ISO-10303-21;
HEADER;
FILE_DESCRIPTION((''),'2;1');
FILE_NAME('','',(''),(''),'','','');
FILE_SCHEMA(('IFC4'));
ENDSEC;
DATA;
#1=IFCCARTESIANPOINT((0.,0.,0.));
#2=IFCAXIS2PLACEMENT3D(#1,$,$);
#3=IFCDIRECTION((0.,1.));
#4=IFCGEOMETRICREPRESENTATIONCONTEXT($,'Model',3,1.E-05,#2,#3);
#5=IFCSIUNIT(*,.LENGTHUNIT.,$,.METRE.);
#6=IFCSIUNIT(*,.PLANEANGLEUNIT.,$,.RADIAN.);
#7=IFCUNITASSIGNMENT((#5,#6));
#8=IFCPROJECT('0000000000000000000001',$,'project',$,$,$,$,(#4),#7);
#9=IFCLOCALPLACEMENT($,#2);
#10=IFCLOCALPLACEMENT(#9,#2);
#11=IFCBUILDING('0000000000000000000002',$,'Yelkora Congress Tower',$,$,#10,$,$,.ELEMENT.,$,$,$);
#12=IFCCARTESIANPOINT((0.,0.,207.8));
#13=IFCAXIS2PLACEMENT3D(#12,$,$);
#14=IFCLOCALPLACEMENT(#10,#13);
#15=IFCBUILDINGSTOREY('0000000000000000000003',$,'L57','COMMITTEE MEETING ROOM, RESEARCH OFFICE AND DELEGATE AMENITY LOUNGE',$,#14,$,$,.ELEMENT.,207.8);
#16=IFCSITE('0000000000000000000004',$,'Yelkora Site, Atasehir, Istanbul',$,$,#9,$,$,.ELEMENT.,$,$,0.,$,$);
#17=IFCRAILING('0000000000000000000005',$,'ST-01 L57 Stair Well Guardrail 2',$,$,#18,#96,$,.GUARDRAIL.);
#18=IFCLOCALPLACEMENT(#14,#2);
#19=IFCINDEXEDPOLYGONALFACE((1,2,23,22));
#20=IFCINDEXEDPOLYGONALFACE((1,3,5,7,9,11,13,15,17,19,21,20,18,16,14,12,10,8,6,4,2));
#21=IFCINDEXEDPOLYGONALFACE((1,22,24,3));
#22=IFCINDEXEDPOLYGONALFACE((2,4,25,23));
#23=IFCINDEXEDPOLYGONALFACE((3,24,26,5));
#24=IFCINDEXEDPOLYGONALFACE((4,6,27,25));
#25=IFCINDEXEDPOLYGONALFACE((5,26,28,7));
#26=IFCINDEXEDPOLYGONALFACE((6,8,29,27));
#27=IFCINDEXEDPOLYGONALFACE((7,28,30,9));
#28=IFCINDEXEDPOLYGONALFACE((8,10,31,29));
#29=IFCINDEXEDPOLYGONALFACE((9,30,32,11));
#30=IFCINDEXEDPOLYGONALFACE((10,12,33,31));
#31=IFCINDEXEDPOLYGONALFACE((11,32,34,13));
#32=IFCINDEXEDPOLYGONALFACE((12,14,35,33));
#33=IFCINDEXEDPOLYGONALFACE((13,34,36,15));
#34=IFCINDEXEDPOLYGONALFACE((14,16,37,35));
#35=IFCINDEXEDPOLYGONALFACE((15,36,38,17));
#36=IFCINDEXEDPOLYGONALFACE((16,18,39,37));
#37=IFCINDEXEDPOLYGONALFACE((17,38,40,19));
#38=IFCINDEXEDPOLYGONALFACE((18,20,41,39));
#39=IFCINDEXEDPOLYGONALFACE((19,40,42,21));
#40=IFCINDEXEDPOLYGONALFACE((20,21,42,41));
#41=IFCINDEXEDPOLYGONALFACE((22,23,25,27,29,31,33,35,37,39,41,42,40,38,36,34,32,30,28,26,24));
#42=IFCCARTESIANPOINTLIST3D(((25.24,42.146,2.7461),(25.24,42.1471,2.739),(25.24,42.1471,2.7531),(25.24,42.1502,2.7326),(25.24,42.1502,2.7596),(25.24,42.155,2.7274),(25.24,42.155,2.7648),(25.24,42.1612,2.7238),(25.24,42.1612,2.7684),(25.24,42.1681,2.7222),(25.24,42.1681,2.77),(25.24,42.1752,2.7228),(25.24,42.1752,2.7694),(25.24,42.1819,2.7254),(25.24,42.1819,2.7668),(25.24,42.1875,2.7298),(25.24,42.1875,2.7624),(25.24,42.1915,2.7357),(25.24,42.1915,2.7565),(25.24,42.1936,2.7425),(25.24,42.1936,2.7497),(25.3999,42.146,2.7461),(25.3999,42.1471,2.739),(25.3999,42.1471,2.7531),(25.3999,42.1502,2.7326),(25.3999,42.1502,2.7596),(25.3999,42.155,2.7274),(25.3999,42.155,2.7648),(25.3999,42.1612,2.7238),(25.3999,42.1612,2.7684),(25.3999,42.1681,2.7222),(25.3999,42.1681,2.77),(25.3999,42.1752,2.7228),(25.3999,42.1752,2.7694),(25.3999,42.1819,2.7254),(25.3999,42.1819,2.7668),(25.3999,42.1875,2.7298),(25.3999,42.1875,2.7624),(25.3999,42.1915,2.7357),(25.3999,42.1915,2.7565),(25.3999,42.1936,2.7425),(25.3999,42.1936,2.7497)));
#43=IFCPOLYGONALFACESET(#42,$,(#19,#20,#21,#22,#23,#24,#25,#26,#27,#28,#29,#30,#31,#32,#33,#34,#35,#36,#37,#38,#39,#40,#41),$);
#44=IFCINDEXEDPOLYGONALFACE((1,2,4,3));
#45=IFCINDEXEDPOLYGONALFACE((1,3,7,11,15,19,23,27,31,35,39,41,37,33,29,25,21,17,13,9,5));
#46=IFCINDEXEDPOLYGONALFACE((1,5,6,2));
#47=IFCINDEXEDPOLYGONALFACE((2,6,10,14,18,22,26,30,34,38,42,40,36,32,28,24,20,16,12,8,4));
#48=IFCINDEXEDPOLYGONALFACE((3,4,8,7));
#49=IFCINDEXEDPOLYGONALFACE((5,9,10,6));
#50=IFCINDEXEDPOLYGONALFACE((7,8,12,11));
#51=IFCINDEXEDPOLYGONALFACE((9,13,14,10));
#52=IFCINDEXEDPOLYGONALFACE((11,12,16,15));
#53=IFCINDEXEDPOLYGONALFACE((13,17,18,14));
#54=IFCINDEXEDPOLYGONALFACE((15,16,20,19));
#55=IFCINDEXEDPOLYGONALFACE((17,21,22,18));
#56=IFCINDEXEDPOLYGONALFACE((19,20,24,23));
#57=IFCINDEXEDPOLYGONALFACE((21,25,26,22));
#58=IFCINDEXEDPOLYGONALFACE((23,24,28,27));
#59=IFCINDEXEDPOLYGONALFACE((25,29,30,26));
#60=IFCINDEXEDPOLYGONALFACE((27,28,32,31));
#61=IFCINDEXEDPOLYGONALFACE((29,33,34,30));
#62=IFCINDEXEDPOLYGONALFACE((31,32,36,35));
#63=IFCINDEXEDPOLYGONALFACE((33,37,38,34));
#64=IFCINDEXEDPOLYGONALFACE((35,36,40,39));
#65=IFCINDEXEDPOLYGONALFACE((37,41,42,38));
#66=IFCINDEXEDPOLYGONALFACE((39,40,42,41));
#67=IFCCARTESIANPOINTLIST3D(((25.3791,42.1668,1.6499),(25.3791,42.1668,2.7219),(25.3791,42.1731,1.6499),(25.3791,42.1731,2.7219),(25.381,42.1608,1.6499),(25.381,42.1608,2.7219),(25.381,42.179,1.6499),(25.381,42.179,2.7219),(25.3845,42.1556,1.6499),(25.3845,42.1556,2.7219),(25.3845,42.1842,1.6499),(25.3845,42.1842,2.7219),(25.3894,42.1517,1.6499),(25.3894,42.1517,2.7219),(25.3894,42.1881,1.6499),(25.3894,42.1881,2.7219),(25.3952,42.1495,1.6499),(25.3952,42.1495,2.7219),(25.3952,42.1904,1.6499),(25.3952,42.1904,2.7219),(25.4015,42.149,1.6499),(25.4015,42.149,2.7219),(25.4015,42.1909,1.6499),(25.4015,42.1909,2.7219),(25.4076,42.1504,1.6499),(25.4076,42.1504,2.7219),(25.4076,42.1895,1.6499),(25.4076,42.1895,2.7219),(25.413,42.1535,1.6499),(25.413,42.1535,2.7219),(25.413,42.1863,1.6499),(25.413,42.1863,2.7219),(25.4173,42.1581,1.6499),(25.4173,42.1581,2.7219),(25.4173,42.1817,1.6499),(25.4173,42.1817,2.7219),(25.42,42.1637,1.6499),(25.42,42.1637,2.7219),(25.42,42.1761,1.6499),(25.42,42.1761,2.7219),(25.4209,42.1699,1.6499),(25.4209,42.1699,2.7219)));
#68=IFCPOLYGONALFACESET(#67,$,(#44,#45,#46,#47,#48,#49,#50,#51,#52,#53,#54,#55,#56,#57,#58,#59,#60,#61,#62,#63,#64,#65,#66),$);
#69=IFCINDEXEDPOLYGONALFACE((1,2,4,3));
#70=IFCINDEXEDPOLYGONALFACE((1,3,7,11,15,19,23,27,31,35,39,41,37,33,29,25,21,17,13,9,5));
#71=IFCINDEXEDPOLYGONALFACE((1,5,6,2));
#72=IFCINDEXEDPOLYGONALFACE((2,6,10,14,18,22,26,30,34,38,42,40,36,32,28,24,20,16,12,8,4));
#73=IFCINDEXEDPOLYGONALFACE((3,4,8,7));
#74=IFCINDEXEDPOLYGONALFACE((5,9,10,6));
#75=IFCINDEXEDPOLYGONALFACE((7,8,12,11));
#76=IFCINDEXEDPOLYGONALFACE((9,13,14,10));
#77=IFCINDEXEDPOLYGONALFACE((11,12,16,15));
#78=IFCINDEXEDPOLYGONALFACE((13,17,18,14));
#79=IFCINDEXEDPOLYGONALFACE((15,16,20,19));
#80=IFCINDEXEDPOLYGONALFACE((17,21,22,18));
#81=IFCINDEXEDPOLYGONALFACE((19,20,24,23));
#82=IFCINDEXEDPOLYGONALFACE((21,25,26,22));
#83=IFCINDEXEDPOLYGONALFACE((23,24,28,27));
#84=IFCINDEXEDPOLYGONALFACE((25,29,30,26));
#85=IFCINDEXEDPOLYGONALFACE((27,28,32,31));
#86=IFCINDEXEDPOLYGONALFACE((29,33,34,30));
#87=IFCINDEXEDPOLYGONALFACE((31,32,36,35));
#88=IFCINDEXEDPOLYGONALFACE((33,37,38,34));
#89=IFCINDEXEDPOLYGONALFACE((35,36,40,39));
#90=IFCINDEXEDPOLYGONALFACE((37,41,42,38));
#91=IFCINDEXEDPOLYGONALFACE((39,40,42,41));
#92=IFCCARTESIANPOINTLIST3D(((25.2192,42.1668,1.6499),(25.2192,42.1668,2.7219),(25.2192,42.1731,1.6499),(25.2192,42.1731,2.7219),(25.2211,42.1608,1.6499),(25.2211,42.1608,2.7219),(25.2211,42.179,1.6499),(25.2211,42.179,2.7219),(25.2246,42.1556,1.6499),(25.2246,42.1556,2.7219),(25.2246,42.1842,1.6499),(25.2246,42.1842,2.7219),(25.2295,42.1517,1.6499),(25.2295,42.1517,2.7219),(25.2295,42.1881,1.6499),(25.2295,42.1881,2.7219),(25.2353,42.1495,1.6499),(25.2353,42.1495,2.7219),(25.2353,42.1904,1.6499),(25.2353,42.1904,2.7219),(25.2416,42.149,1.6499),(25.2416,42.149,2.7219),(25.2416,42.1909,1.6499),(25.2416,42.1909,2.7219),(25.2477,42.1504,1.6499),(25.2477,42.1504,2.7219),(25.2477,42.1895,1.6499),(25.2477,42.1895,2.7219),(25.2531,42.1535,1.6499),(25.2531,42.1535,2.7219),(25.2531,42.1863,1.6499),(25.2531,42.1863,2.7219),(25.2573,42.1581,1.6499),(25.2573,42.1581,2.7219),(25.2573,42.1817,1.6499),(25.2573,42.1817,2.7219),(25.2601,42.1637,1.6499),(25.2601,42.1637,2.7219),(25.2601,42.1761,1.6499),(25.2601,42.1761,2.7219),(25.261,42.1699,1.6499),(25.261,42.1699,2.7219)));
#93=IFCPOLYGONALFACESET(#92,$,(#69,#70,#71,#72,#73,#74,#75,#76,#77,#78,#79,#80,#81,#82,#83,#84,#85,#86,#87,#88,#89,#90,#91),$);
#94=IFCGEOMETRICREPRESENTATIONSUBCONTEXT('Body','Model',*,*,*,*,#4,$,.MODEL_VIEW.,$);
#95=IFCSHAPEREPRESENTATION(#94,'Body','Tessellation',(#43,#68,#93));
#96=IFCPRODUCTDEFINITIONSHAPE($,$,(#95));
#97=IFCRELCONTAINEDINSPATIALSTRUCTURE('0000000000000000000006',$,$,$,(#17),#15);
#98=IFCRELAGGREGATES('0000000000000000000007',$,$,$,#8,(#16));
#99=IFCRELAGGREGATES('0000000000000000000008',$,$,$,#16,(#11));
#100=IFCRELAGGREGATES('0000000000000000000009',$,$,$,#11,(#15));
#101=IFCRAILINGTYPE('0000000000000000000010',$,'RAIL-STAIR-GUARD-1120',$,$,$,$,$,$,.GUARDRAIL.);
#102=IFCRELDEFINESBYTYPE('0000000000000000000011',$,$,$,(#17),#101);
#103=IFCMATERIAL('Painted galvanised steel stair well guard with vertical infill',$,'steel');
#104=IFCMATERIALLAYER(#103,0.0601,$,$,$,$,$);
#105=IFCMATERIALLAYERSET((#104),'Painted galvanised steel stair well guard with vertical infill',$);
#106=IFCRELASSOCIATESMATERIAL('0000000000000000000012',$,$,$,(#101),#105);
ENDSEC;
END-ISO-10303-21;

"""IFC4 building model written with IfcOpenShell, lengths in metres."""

from ifc_helpers import new_model, si_unit, direction, frame, origin, origin_2d, place, context, subcontext, project, spatial, circle, extrude, material, layer, layer_set, type_object, element, save


model = new_model("IFC4")

# Units and contexts
model_context = context("Model", 3, precision=1e-05, world=origin(), true_north=direction((0.0, 1.0)))
body_context = subcontext(model_context, "Body", "Model", "MODEL_VIEW")
ifc_project = project(units=[si_unit("LENGTHUNIT", "METRE"), si_unit("PLANEANGLEUNIT", "RADIAN")], contexts=[model_context])

# Site, building, storey
site_placement = place(None, origin())
site = spatial("IfcSite", under=ifc_project, at=site_placement, Name="Yelkora Site, Atasehir, Istanbul", CompositionType="ELEMENT", RefElevation=0.0)
building_placement = place(site_placement, origin())
building = spatial("IfcBuilding", under=site, at=building_placement, Name="Yelkora Congress Tower", CompositionType="ELEMENT")
storey_placement = place(building_placement, frame((0.0, 0.0, 207.8)))
storey = spatial("IfcBuildingStorey", under=building, at=storey_placement, Name="L57", Description="COMMITTEE MEETING ROOM, RESEARCH OFFICE AND DELEGATE AMENITY LOUNGE", CompositionType="ELEMENT", Elevation=207.8)

# Railing
ifc_material_1 = material(Name="Painted galvanised steel stair well guard with vertical infill", Category="steel")
ifc_layer_1 = layer(ifc_material_1, 0.0601)
ifc_layer_set_1 = layer_set([ifc_layer_1], Name="Painted galvanised steel stair well guard with vertical infill")
railing_type_1 = type_object("IfcRailingType", Name="RAIL-STAIR-GUARD-1120", PredefinedType="GUARDRAIL", material=ifc_layer_set_1)
railing_1_placement = place(storey_placement, frame((25.3999, 42.1699, 1.6499)))
element("IfcRailing", 1, at=railing_1_placement, inside=storey, type_object=railing_type_1, Name="ST-01 L57 Stair Well Guardrail 2", PredefinedType="GUARDRAIL", context=body_context, shape_type="SweptSolid", body=[
    extrude(circle(Radius=0.0239, at=origin_2d()), frame((0.0, 0.0, 1.0962), z_axis=(-1.0, 0.0, 0.0), x_axis=(0.0, -1.0, 0.0)), (0.0, 0.0, 1.0), 0.1599),
    extrude(circle(Radius=0.021, at=origin_2d()), origin(), (0.0, 0.0, 1.0), 1.072),
    extrude(circle(Radius=0.021, at=origin_2d()), frame((-0.1599, 0.0, 0.0)), (0.0, 0.0, 1.0), 1.072),
])

save(model, "model.ifc")
